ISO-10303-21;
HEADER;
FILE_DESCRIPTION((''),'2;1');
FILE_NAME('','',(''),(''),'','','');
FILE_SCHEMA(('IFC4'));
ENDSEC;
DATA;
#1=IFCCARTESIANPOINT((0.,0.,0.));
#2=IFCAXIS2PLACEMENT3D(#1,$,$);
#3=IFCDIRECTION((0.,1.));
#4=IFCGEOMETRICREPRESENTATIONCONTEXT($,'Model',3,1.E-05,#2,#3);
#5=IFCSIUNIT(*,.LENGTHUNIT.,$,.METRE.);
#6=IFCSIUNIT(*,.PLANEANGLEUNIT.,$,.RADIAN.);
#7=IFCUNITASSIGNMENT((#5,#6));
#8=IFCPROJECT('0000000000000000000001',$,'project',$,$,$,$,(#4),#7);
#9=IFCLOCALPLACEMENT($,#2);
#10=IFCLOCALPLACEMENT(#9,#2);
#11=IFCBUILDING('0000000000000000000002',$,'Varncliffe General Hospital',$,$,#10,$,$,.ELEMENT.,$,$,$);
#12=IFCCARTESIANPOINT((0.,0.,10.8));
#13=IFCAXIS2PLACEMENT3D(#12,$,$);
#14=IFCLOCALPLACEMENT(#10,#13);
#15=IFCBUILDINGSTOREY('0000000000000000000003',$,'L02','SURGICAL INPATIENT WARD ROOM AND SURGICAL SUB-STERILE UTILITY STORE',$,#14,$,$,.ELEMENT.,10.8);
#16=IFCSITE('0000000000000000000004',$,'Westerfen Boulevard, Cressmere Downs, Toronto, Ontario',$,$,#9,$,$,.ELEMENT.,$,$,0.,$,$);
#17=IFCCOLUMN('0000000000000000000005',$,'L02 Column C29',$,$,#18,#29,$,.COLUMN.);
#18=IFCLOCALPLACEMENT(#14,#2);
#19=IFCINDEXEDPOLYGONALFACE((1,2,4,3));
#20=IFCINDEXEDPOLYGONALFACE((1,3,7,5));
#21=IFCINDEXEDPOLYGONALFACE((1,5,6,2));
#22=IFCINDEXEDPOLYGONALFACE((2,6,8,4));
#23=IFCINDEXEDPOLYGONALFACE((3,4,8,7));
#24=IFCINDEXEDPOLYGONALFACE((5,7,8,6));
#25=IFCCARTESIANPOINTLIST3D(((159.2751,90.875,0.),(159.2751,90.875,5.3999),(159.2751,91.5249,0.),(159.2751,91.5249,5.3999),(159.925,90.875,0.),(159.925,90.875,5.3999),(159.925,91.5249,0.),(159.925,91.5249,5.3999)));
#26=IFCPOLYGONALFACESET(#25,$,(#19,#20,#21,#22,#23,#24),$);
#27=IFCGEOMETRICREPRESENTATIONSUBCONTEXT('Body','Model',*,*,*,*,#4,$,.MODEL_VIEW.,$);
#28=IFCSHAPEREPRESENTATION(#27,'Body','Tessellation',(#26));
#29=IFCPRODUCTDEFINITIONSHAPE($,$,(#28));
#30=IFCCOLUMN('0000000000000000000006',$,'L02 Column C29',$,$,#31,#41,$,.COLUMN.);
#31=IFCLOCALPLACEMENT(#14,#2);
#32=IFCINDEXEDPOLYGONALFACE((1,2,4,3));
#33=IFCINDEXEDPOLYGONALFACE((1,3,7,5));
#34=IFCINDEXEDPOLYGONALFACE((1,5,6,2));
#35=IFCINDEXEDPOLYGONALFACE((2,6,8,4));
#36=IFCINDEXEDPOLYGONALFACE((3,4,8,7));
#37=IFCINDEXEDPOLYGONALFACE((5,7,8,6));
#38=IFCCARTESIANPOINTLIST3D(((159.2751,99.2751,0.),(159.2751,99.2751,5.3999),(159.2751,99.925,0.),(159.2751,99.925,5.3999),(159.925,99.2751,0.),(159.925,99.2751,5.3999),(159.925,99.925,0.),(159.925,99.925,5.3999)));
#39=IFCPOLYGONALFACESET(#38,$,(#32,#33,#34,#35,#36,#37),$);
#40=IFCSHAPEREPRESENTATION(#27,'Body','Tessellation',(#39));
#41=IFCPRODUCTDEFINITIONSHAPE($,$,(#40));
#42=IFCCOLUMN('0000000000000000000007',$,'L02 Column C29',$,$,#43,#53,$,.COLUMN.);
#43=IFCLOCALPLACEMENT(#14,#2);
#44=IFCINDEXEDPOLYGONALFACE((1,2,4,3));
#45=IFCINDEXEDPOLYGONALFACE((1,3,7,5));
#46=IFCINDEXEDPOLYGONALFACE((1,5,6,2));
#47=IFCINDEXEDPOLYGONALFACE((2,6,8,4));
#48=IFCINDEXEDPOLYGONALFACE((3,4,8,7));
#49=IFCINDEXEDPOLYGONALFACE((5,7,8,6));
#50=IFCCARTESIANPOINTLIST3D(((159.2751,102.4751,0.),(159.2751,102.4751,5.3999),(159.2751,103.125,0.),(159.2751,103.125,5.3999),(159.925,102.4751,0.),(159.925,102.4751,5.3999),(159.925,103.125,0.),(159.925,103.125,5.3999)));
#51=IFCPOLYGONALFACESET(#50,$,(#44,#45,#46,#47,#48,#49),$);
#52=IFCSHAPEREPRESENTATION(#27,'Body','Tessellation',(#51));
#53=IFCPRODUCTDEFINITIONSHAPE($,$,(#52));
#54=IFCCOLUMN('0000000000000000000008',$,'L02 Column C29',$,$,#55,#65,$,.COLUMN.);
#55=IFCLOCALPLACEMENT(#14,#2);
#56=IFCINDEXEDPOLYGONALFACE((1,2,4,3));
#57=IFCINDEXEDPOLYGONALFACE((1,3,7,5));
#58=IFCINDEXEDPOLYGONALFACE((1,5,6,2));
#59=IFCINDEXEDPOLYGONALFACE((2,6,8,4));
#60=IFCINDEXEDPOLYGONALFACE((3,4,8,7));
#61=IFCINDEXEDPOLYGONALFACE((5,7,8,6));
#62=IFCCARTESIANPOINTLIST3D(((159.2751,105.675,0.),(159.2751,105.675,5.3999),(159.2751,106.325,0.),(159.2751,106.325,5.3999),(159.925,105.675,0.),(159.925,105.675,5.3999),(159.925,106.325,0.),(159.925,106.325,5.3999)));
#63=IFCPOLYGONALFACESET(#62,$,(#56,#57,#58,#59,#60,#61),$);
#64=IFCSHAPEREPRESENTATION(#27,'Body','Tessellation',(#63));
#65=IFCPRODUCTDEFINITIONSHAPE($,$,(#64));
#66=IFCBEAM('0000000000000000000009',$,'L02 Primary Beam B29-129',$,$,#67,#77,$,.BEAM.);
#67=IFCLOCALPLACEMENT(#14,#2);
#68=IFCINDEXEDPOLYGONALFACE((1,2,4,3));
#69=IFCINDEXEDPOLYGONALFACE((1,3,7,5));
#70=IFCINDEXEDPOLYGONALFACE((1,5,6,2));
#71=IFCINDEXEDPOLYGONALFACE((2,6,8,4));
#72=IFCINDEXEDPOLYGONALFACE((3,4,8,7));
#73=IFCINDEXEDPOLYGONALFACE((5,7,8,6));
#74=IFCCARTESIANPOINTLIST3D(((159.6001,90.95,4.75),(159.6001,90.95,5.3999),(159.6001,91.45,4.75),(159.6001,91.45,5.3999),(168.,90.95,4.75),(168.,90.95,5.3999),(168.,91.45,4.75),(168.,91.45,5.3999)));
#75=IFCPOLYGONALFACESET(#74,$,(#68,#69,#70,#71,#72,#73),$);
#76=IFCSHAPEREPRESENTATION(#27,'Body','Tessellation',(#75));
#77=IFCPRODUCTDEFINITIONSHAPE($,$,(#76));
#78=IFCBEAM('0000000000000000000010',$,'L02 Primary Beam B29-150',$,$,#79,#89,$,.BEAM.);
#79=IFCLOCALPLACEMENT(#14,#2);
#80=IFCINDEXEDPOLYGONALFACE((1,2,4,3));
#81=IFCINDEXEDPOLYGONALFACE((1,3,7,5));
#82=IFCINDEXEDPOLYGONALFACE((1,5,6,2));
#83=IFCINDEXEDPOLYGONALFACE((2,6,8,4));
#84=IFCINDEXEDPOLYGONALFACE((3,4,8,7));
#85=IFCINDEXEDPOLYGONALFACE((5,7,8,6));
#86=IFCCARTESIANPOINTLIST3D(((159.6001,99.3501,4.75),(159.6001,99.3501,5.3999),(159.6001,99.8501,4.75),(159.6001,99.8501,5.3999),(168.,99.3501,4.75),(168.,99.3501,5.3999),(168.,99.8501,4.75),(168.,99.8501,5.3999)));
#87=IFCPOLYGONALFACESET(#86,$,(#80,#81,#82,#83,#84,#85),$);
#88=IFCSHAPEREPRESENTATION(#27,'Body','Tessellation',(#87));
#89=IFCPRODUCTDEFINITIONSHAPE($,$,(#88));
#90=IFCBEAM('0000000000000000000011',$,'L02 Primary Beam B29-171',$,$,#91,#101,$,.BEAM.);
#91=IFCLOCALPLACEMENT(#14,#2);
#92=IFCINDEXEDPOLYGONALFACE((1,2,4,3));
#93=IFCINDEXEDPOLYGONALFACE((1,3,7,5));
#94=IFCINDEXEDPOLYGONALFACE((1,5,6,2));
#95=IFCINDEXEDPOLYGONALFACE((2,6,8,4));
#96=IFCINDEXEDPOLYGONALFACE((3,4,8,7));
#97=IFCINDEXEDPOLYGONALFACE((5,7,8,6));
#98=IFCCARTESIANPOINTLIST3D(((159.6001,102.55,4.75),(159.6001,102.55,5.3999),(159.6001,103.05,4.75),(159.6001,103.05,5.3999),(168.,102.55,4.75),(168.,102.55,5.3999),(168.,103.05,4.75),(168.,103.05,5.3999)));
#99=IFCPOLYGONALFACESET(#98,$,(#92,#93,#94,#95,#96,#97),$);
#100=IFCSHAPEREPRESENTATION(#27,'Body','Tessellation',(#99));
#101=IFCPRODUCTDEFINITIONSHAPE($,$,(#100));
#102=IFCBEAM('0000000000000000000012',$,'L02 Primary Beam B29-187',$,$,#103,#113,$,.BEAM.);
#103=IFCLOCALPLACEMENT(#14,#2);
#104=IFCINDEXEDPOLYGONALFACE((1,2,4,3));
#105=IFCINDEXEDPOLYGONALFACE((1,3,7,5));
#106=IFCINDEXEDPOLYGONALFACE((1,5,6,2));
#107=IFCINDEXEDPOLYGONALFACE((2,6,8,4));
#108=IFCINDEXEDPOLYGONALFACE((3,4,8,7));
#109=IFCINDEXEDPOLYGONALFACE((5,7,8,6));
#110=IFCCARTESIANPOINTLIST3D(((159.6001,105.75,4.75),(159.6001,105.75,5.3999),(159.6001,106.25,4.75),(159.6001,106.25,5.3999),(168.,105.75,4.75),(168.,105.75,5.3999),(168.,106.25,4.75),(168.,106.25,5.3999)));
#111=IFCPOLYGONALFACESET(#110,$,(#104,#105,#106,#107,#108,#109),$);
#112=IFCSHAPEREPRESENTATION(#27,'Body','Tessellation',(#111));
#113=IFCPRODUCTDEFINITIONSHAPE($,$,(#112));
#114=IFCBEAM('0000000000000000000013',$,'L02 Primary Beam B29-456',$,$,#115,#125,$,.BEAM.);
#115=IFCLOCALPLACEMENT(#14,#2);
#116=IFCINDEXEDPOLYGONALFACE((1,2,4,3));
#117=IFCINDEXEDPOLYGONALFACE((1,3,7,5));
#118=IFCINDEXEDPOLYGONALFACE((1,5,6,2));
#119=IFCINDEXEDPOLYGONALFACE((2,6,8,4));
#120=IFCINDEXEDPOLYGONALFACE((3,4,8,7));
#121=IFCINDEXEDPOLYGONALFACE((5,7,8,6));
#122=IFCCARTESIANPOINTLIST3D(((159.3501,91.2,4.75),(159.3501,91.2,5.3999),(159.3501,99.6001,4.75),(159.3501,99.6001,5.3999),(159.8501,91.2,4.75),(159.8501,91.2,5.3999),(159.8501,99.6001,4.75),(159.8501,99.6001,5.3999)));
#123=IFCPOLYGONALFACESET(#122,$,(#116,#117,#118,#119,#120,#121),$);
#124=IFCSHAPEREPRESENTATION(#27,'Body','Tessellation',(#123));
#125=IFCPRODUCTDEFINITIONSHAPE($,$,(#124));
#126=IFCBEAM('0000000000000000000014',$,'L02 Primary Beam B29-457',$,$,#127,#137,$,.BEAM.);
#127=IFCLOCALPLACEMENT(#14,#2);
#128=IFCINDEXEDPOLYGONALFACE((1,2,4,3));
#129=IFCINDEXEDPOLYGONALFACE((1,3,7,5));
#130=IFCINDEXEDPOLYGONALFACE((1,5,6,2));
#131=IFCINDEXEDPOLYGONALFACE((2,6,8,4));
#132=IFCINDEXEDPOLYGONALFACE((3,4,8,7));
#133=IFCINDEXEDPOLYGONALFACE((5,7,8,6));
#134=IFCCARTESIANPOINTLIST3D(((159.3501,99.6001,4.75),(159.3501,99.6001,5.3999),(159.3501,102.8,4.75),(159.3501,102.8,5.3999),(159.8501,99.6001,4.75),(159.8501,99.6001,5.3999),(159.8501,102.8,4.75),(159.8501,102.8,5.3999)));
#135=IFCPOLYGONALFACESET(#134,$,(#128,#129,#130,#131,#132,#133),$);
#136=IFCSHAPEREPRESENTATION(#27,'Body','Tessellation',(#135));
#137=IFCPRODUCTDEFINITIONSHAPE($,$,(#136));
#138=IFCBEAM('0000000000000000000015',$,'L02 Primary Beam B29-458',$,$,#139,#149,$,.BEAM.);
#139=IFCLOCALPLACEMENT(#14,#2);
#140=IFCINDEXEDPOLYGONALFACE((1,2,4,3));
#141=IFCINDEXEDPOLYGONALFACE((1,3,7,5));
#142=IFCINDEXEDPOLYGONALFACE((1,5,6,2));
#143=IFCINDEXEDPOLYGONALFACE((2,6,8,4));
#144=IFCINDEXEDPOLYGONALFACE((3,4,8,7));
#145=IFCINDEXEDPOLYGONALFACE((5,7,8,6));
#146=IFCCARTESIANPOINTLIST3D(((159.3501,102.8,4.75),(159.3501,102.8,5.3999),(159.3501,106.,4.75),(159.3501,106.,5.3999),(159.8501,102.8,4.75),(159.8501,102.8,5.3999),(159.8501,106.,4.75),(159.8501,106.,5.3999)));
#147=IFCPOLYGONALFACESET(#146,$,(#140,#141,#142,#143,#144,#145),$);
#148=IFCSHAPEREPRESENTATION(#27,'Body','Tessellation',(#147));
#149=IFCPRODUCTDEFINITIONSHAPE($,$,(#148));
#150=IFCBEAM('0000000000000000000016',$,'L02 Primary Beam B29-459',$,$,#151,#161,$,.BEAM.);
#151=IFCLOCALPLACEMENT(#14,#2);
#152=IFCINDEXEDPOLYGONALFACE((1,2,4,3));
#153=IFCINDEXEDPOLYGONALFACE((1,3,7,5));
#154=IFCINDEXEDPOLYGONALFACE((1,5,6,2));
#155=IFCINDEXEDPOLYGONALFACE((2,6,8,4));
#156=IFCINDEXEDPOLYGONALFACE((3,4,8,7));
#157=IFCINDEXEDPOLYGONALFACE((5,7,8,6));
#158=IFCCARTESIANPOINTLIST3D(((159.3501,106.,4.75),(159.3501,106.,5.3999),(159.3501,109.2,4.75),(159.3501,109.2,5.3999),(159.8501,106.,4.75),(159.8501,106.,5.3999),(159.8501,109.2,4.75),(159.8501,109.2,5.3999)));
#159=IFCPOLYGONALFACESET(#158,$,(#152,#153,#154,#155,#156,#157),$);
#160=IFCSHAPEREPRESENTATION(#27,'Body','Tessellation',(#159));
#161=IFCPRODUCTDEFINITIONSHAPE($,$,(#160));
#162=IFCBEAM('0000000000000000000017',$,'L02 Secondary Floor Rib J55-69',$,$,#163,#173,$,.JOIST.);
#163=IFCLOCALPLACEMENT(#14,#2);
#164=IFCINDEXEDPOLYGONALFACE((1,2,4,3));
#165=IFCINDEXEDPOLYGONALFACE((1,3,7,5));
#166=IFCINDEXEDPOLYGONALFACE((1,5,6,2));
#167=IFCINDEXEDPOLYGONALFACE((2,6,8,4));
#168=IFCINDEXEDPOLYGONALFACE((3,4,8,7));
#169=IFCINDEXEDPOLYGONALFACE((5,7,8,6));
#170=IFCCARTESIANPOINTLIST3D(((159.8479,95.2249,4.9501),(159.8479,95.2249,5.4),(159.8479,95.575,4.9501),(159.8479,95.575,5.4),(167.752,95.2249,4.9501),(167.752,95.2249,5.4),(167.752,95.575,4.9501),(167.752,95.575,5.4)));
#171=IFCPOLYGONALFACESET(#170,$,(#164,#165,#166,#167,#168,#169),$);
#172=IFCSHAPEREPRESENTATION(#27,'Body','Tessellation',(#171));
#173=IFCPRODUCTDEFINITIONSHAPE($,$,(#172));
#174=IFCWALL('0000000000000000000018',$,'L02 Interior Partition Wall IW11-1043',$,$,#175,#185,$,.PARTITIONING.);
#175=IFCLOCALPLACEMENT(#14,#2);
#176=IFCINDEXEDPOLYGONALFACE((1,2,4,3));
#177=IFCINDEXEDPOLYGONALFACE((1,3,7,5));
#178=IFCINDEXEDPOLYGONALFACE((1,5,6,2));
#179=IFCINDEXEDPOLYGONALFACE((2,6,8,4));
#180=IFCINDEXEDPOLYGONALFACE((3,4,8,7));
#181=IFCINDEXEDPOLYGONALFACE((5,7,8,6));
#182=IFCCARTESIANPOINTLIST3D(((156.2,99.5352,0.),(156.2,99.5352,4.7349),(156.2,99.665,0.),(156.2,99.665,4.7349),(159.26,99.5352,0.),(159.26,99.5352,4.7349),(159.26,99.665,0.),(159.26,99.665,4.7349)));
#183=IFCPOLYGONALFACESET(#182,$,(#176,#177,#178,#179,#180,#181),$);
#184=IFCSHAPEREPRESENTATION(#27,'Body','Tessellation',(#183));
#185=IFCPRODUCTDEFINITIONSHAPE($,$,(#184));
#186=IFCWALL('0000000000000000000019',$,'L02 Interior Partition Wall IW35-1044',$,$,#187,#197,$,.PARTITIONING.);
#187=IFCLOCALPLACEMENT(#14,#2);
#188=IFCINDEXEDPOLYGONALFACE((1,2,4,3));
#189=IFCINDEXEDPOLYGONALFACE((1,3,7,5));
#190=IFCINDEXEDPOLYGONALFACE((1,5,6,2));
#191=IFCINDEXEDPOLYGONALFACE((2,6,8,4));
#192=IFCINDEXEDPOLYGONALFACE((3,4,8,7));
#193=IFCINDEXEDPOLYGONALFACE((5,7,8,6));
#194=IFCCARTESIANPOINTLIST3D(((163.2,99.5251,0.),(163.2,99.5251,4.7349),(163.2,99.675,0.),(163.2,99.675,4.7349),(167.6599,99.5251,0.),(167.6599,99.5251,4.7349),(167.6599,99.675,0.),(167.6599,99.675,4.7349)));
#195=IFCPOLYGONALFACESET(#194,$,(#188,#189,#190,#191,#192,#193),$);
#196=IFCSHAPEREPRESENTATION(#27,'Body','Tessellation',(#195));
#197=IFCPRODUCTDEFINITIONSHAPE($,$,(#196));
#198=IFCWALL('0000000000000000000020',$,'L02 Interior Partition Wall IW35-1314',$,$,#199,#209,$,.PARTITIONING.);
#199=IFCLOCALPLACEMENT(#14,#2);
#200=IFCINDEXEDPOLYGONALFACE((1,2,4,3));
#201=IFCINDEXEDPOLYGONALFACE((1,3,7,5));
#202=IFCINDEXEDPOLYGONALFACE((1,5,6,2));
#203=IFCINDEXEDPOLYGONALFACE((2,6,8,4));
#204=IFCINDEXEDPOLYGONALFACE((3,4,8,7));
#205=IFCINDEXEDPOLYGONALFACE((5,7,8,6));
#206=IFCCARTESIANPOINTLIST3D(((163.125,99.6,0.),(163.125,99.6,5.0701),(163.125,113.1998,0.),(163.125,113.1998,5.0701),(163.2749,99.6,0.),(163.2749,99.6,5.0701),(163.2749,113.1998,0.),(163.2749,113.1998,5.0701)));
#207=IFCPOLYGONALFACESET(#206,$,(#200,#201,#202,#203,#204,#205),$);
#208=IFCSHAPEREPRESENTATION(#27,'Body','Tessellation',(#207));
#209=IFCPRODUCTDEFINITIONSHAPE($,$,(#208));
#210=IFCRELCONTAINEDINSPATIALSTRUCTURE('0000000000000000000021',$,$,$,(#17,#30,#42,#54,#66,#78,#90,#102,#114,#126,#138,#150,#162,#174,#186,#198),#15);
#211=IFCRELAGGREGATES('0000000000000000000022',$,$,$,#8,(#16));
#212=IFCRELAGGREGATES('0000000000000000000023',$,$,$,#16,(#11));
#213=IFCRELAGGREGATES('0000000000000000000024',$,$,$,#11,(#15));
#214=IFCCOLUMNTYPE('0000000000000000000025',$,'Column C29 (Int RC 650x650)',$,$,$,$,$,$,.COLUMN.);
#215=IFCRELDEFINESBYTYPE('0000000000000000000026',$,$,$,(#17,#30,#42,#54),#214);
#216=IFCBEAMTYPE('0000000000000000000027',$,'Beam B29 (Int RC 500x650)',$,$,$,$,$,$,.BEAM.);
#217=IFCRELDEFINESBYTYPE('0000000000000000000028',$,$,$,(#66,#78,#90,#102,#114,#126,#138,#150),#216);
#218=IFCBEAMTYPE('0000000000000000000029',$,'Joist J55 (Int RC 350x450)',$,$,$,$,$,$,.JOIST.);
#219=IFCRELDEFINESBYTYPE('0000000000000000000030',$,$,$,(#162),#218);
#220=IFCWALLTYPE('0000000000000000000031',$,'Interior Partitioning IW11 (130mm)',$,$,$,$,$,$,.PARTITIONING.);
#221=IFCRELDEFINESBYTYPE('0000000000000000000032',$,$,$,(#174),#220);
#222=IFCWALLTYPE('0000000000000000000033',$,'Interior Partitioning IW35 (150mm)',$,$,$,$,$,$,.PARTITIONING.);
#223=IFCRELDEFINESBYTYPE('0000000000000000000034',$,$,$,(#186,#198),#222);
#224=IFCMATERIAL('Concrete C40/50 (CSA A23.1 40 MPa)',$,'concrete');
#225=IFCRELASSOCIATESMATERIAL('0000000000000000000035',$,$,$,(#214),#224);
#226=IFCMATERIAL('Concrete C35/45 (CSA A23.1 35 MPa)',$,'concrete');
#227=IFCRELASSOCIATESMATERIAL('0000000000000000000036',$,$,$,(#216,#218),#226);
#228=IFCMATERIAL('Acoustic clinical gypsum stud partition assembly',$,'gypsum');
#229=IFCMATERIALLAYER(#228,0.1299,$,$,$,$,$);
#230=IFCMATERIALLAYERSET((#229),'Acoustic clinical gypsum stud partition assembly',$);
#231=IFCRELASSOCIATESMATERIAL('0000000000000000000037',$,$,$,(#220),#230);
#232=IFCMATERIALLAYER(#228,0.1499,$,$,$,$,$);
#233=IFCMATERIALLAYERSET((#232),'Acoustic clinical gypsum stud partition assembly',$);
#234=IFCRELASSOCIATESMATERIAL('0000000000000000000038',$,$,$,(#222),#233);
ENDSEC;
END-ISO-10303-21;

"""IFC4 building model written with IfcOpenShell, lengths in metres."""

from ifc_helpers import new_model, si_unit, direction, frame, frame_2d, origin, origin_2d, place, context, subcontext, project, spatial, rectangle, extrude, material, layer, layer_set, material_profile, profile_set, type_object, element, save


model = new_model("IFC4")

# Units and contexts
model_context = context("Model", 3, precision=1e-05, world=origin(), true_north=direction((0.0, 1.0)))
body_context = subcontext(model_context, "Body", "Model", "MODEL_VIEW")
ifc_project = project(units=[si_unit("LENGTHUNIT", "METRE"), si_unit("PLANEANGLEUNIT", "RADIAN")], contexts=[model_context])

# Site, building, storey
site_placement = place(None, origin())
site = spatial("IfcSite", under=ifc_project, at=site_placement, Name="Westerfen Boulevard, Cressmere Downs, Toronto, Ontario", CompositionType="ELEMENT", RefElevation=0.0)
building_placement = place(site_placement, origin())
building = spatial("IfcBuilding", under=site, at=building_placement, Name="Varncliffe General Hospital", CompositionType="ELEMENT")
storey_placement = place(building_placement, frame((0.0, 0.0, 10.8)))
storey = spatial("IfcBuildingStorey", under=building, at=storey_placement, Name="L02", Description="SURGICAL INPATIENT WARD ROOM AND SURGICAL SUB-STERILE UTILITY STORE", CompositionType="ELEMENT", Elevation=10.8)

# Columns
ifc_material_1 = material(Name="Concrete C40/50 (CSA A23.1 40 MPa)", Category="concrete")
ifc_material_profile_1 = material_profile(ifc_material_1, rectangle(XDim=0.6499, YDim=0.6499, at=origin_2d()), Name="RC 650x650")
ifc_profile_set_1 = profile_set([ifc_material_profile_1], Name="Concrete C40/50 (CSA A23.1 40 MPa)")
column_type = type_object("IfcColumnType", Name="Column C29 (Int RC 650x650)", PredefinedType="COLUMN", material=ifc_profile_set_1)
for number, where, z_axis, x_axis, name in (
    (1, (159.6001, 91.2, 0.0), (0.0, 0.0, 1.0), (1.0, 0.0, 0.0), "L02 Column C29"),
    (2, (159.6001, 99.6001, 0.0), (0.0, 0.0, 1.0), (1.0, 0.0, 0.0), "L02 Column C29"),
    (3, (159.6001, 102.8, 0.0), (0.0, 0.0, 1.0), (1.0, 0.0, 0.0), "L02 Column C29"),
    (4, (159.6001, 106.0, 0.0), (0.0, 0.0, 1.0), (1.0, 0.0, 0.0), "L02 Column C29"),
):
    element("IfcColumn", number, at=place(storey_placement, frame(where, z_axis=z_axis, x_axis=x_axis)), inside=storey, type_object=column_type, Name=name, PredefinedType="COLUMN", context=body_context, shape_type="SweptSolid", body=[
        extrude(rectangle(XDim=0.6499, YDim=0.6499, at=origin_2d()), origin(), (0.0, 0.0, 1.0), 5.3999),
    ])

# Beams
ifc_material_2 = material(Name="Concrete C35/45 (CSA A23.1 35 MPa)", Category="concrete")
ifc_material_profile_2 = material_profile(ifc_material_2, rectangle(XDim=0.5, YDim=0.6499, at=origin_2d()), Name="RC 500x650")
ifc_profile_set_2 = profile_set([ifc_material_profile_2], Name="Concrete C35/45 (CSA A23.1 35 MPa)")
beam_type_1 = type_object("IfcBeamType", Name="Beam B29 (Int RC 500x650)", PredefinedType="BEAM", material=ifc_profile_set_2)
for number, where, z_axis, x_axis, name in (
    (5, (159.6001, 91.2, 5.075), (1.0, 0.0, 0.0), (0.0, 1.0, 0.0), "L02 Primary Beam B29-129"),
    (6, (159.6001, 99.6001, 5.075), (1.0, 0.0, 0.0), (0.0, 1.0, 0.0), "L02 Primary Beam B29-150"),
    (7, (159.6001, 102.8, 5.075), (1.0, 0.0, 0.0), (0.0, 1.0, 0.0), "L02 Primary Beam B29-171"),
    (8, (159.6001, 106.0, 5.075), (1.0, 0.0, 0.0), (0.0, 1.0, 0.0), "L02 Primary Beam B29-187"),
):
    element("IfcBeam", number, at=place(storey_placement, frame(where, z_axis=z_axis, x_axis=x_axis)), inside=storey, type_object=beam_type_1, Name=name, PredefinedType="BEAM", context=body_context, shape_type="SweptSolid", body=[
        extrude(rectangle(XDim=0.5, YDim=0.6499, at=origin_2d()), origin(), (0.0, 0.0, 1.0), 8.3999),
    ])
beam_1_placement = place(storey_placement, frame((159.6001, 91.2, 5.075), z_axis=(0.0, 1.0, 0.0), x_axis=(-1.0, 0.0, 0.0)))
element("IfcBeam", 9, at=beam_1_placement, inside=storey, type_object=beam_type_1, Name="L02 Primary Beam B29-456", PredefinedType="BEAM", context=body_context, shape_type="SweptSolid", body=[
    extrude(rectangle(XDim=0.5, YDim=0.6499, at=origin_2d()), origin(), (0.0, 0.0, 1.0), 8.4001),
])
for number, where, z_axis, x_axis, name in (
    (10, (159.6001, 99.6001, 5.075), (0.0, 1.0, 0.0), (-1.0, 0.0, 0.0), "L02 Primary Beam B29-457"),
    (11, (159.6001, 102.8, 5.075), (0.0, 1.0, 0.0), (-1.0, 0.0, 0.0), "L02 Primary Beam B29-458"),
    (12, (159.6001, 106.0, 5.075), (0.0, 1.0, 0.0), (-1.0, 0.0, 0.0), "L02 Primary Beam B29-459"),
):
    element("IfcBeam", number, at=place(storey_placement, frame(where, z_axis=z_axis, x_axis=x_axis)), inside=storey, type_object=beam_type_1, Name=name, PredefinedType="BEAM", context=body_context, shape_type="SweptSolid", body=[
        extrude(rectangle(XDim=0.5, YDim=0.6499, at=origin_2d()), origin(), (0.0, 0.0, 1.0), 3.2),
    ])
ifc_material_profile_3 = material_profile(ifc_material_2, rectangle(XDim=0.3501, YDim=0.45, at=origin_2d()), Name="RC 350x450")
ifc_profile_set_3 = profile_set([ifc_material_profile_3], Name="Concrete C35/45 (CSA A23.1 35 MPa)")
beam_type_2 = type_object("IfcBeamType", Name="Joist J55 (Int RC 350x450)", PredefinedType="JOIST", material=ifc_profile_set_3)
beam_2_placement = place(storey_placement, frame((159.8479, 95.3999, 5.175), z_axis=(1.0, 0.0, 0.0), x_axis=(0.0, 1.0, 0.0)))
element("IfcBeam", 13, at=beam_2_placement, inside=storey, type_object=beam_type_2, Name="L02 Secondary Floor Rib J55-69", PredefinedType="JOIST", context=body_context, shape_type="SweptSolid", body=[
    extrude(rectangle(XDim=0.3501, YDim=0.45, at=origin_2d()), origin(), (0.0, 0.0, 1.0), 7.9041),
])

# Walls
ifc_material_3 = material(Name="Acoustic clinical gypsum stud partition assembly", Category="gypsum")
ifc_layer_1 = layer(ifc_material_3, 0.1299)
ifc_layer_set_1 = layer_set([ifc_layer_1], Name="Acoustic clinical gypsum stud partition assembly")
wall_type_1 = type_object("IfcWallType", Name="Interior Partitioning IW11 (130mm)", PredefinedType="PARTITIONING", material=ifc_layer_set_1)
wall_1_placement = place(storey_placement, frame((156.2, 99.6001, 0.0), z_axis=(0.0, 0.0, 1.0), x_axis=(1.0, 0.0, 0.0)))
element("IfcWall", 14, at=wall_1_placement, inside=storey, type_object=wall_type_1, Name="L02 Interior Partition Wall IW11-1043", PredefinedType="PARTITIONING", context=body_context, shape_type="SweptSolid", body=[
    extrude(rectangle(XDim=3.0601, YDim=0.1299, at=frame_2d((1.53, 0.0))), origin(), (0.0, 0.0, 1.0), 4.7349),
])
ifc_layer_2 = layer(ifc_material_3, 0.1499)
ifc_layer_set_2 = layer_set([ifc_layer_2], Name="Acoustic clinical gypsum stud partition assembly")
wall_type_2 = type_object("IfcWallType", Name="Interior Partitioning IW35 (150mm)", PredefinedType="PARTITIONING", material=ifc_layer_set_2)
wall_2_placement = place(storey_placement, frame((163.2, 99.6001, 0.0), z_axis=(0.0, 0.0, 1.0), x_axis=(1.0, 0.0, 0.0)))
element("IfcWall", 15, at=wall_2_placement, inside=storey, type_object=wall_type_2, Name="L02 Interior Partition Wall IW35-1044", PredefinedType="PARTITIONING", context=body_context, shape_type="SweptSolid", body=[
    extrude(rectangle(XDim=4.46, YDim=0.1499, at=frame_2d((2.23, 0.0))), origin(), (0.0, 0.0, 1.0), 4.7349),
])
wall_3_placement = place(storey_placement, frame((163.2, 99.6001, 0.0), z_axis=(0.0, 0.0, 1.0), x_axis=(0.0, 1.0, 0.0)))
element("IfcWall", 16, at=wall_3_placement, inside=storey, type_object=wall_type_2, Name="L02 Interior Partition Wall IW35-1314", PredefinedType="PARTITIONING", context=body_context, shape_type="SweptSolid", body=[
    extrude(rectangle(XDim=13.5999, YDim=0.1499, at=frame_2d((6.7998, 0.0))), origin(), (0.0, 0.0, 1.0), 5.0701),
])

save(model, "model.ifc")
